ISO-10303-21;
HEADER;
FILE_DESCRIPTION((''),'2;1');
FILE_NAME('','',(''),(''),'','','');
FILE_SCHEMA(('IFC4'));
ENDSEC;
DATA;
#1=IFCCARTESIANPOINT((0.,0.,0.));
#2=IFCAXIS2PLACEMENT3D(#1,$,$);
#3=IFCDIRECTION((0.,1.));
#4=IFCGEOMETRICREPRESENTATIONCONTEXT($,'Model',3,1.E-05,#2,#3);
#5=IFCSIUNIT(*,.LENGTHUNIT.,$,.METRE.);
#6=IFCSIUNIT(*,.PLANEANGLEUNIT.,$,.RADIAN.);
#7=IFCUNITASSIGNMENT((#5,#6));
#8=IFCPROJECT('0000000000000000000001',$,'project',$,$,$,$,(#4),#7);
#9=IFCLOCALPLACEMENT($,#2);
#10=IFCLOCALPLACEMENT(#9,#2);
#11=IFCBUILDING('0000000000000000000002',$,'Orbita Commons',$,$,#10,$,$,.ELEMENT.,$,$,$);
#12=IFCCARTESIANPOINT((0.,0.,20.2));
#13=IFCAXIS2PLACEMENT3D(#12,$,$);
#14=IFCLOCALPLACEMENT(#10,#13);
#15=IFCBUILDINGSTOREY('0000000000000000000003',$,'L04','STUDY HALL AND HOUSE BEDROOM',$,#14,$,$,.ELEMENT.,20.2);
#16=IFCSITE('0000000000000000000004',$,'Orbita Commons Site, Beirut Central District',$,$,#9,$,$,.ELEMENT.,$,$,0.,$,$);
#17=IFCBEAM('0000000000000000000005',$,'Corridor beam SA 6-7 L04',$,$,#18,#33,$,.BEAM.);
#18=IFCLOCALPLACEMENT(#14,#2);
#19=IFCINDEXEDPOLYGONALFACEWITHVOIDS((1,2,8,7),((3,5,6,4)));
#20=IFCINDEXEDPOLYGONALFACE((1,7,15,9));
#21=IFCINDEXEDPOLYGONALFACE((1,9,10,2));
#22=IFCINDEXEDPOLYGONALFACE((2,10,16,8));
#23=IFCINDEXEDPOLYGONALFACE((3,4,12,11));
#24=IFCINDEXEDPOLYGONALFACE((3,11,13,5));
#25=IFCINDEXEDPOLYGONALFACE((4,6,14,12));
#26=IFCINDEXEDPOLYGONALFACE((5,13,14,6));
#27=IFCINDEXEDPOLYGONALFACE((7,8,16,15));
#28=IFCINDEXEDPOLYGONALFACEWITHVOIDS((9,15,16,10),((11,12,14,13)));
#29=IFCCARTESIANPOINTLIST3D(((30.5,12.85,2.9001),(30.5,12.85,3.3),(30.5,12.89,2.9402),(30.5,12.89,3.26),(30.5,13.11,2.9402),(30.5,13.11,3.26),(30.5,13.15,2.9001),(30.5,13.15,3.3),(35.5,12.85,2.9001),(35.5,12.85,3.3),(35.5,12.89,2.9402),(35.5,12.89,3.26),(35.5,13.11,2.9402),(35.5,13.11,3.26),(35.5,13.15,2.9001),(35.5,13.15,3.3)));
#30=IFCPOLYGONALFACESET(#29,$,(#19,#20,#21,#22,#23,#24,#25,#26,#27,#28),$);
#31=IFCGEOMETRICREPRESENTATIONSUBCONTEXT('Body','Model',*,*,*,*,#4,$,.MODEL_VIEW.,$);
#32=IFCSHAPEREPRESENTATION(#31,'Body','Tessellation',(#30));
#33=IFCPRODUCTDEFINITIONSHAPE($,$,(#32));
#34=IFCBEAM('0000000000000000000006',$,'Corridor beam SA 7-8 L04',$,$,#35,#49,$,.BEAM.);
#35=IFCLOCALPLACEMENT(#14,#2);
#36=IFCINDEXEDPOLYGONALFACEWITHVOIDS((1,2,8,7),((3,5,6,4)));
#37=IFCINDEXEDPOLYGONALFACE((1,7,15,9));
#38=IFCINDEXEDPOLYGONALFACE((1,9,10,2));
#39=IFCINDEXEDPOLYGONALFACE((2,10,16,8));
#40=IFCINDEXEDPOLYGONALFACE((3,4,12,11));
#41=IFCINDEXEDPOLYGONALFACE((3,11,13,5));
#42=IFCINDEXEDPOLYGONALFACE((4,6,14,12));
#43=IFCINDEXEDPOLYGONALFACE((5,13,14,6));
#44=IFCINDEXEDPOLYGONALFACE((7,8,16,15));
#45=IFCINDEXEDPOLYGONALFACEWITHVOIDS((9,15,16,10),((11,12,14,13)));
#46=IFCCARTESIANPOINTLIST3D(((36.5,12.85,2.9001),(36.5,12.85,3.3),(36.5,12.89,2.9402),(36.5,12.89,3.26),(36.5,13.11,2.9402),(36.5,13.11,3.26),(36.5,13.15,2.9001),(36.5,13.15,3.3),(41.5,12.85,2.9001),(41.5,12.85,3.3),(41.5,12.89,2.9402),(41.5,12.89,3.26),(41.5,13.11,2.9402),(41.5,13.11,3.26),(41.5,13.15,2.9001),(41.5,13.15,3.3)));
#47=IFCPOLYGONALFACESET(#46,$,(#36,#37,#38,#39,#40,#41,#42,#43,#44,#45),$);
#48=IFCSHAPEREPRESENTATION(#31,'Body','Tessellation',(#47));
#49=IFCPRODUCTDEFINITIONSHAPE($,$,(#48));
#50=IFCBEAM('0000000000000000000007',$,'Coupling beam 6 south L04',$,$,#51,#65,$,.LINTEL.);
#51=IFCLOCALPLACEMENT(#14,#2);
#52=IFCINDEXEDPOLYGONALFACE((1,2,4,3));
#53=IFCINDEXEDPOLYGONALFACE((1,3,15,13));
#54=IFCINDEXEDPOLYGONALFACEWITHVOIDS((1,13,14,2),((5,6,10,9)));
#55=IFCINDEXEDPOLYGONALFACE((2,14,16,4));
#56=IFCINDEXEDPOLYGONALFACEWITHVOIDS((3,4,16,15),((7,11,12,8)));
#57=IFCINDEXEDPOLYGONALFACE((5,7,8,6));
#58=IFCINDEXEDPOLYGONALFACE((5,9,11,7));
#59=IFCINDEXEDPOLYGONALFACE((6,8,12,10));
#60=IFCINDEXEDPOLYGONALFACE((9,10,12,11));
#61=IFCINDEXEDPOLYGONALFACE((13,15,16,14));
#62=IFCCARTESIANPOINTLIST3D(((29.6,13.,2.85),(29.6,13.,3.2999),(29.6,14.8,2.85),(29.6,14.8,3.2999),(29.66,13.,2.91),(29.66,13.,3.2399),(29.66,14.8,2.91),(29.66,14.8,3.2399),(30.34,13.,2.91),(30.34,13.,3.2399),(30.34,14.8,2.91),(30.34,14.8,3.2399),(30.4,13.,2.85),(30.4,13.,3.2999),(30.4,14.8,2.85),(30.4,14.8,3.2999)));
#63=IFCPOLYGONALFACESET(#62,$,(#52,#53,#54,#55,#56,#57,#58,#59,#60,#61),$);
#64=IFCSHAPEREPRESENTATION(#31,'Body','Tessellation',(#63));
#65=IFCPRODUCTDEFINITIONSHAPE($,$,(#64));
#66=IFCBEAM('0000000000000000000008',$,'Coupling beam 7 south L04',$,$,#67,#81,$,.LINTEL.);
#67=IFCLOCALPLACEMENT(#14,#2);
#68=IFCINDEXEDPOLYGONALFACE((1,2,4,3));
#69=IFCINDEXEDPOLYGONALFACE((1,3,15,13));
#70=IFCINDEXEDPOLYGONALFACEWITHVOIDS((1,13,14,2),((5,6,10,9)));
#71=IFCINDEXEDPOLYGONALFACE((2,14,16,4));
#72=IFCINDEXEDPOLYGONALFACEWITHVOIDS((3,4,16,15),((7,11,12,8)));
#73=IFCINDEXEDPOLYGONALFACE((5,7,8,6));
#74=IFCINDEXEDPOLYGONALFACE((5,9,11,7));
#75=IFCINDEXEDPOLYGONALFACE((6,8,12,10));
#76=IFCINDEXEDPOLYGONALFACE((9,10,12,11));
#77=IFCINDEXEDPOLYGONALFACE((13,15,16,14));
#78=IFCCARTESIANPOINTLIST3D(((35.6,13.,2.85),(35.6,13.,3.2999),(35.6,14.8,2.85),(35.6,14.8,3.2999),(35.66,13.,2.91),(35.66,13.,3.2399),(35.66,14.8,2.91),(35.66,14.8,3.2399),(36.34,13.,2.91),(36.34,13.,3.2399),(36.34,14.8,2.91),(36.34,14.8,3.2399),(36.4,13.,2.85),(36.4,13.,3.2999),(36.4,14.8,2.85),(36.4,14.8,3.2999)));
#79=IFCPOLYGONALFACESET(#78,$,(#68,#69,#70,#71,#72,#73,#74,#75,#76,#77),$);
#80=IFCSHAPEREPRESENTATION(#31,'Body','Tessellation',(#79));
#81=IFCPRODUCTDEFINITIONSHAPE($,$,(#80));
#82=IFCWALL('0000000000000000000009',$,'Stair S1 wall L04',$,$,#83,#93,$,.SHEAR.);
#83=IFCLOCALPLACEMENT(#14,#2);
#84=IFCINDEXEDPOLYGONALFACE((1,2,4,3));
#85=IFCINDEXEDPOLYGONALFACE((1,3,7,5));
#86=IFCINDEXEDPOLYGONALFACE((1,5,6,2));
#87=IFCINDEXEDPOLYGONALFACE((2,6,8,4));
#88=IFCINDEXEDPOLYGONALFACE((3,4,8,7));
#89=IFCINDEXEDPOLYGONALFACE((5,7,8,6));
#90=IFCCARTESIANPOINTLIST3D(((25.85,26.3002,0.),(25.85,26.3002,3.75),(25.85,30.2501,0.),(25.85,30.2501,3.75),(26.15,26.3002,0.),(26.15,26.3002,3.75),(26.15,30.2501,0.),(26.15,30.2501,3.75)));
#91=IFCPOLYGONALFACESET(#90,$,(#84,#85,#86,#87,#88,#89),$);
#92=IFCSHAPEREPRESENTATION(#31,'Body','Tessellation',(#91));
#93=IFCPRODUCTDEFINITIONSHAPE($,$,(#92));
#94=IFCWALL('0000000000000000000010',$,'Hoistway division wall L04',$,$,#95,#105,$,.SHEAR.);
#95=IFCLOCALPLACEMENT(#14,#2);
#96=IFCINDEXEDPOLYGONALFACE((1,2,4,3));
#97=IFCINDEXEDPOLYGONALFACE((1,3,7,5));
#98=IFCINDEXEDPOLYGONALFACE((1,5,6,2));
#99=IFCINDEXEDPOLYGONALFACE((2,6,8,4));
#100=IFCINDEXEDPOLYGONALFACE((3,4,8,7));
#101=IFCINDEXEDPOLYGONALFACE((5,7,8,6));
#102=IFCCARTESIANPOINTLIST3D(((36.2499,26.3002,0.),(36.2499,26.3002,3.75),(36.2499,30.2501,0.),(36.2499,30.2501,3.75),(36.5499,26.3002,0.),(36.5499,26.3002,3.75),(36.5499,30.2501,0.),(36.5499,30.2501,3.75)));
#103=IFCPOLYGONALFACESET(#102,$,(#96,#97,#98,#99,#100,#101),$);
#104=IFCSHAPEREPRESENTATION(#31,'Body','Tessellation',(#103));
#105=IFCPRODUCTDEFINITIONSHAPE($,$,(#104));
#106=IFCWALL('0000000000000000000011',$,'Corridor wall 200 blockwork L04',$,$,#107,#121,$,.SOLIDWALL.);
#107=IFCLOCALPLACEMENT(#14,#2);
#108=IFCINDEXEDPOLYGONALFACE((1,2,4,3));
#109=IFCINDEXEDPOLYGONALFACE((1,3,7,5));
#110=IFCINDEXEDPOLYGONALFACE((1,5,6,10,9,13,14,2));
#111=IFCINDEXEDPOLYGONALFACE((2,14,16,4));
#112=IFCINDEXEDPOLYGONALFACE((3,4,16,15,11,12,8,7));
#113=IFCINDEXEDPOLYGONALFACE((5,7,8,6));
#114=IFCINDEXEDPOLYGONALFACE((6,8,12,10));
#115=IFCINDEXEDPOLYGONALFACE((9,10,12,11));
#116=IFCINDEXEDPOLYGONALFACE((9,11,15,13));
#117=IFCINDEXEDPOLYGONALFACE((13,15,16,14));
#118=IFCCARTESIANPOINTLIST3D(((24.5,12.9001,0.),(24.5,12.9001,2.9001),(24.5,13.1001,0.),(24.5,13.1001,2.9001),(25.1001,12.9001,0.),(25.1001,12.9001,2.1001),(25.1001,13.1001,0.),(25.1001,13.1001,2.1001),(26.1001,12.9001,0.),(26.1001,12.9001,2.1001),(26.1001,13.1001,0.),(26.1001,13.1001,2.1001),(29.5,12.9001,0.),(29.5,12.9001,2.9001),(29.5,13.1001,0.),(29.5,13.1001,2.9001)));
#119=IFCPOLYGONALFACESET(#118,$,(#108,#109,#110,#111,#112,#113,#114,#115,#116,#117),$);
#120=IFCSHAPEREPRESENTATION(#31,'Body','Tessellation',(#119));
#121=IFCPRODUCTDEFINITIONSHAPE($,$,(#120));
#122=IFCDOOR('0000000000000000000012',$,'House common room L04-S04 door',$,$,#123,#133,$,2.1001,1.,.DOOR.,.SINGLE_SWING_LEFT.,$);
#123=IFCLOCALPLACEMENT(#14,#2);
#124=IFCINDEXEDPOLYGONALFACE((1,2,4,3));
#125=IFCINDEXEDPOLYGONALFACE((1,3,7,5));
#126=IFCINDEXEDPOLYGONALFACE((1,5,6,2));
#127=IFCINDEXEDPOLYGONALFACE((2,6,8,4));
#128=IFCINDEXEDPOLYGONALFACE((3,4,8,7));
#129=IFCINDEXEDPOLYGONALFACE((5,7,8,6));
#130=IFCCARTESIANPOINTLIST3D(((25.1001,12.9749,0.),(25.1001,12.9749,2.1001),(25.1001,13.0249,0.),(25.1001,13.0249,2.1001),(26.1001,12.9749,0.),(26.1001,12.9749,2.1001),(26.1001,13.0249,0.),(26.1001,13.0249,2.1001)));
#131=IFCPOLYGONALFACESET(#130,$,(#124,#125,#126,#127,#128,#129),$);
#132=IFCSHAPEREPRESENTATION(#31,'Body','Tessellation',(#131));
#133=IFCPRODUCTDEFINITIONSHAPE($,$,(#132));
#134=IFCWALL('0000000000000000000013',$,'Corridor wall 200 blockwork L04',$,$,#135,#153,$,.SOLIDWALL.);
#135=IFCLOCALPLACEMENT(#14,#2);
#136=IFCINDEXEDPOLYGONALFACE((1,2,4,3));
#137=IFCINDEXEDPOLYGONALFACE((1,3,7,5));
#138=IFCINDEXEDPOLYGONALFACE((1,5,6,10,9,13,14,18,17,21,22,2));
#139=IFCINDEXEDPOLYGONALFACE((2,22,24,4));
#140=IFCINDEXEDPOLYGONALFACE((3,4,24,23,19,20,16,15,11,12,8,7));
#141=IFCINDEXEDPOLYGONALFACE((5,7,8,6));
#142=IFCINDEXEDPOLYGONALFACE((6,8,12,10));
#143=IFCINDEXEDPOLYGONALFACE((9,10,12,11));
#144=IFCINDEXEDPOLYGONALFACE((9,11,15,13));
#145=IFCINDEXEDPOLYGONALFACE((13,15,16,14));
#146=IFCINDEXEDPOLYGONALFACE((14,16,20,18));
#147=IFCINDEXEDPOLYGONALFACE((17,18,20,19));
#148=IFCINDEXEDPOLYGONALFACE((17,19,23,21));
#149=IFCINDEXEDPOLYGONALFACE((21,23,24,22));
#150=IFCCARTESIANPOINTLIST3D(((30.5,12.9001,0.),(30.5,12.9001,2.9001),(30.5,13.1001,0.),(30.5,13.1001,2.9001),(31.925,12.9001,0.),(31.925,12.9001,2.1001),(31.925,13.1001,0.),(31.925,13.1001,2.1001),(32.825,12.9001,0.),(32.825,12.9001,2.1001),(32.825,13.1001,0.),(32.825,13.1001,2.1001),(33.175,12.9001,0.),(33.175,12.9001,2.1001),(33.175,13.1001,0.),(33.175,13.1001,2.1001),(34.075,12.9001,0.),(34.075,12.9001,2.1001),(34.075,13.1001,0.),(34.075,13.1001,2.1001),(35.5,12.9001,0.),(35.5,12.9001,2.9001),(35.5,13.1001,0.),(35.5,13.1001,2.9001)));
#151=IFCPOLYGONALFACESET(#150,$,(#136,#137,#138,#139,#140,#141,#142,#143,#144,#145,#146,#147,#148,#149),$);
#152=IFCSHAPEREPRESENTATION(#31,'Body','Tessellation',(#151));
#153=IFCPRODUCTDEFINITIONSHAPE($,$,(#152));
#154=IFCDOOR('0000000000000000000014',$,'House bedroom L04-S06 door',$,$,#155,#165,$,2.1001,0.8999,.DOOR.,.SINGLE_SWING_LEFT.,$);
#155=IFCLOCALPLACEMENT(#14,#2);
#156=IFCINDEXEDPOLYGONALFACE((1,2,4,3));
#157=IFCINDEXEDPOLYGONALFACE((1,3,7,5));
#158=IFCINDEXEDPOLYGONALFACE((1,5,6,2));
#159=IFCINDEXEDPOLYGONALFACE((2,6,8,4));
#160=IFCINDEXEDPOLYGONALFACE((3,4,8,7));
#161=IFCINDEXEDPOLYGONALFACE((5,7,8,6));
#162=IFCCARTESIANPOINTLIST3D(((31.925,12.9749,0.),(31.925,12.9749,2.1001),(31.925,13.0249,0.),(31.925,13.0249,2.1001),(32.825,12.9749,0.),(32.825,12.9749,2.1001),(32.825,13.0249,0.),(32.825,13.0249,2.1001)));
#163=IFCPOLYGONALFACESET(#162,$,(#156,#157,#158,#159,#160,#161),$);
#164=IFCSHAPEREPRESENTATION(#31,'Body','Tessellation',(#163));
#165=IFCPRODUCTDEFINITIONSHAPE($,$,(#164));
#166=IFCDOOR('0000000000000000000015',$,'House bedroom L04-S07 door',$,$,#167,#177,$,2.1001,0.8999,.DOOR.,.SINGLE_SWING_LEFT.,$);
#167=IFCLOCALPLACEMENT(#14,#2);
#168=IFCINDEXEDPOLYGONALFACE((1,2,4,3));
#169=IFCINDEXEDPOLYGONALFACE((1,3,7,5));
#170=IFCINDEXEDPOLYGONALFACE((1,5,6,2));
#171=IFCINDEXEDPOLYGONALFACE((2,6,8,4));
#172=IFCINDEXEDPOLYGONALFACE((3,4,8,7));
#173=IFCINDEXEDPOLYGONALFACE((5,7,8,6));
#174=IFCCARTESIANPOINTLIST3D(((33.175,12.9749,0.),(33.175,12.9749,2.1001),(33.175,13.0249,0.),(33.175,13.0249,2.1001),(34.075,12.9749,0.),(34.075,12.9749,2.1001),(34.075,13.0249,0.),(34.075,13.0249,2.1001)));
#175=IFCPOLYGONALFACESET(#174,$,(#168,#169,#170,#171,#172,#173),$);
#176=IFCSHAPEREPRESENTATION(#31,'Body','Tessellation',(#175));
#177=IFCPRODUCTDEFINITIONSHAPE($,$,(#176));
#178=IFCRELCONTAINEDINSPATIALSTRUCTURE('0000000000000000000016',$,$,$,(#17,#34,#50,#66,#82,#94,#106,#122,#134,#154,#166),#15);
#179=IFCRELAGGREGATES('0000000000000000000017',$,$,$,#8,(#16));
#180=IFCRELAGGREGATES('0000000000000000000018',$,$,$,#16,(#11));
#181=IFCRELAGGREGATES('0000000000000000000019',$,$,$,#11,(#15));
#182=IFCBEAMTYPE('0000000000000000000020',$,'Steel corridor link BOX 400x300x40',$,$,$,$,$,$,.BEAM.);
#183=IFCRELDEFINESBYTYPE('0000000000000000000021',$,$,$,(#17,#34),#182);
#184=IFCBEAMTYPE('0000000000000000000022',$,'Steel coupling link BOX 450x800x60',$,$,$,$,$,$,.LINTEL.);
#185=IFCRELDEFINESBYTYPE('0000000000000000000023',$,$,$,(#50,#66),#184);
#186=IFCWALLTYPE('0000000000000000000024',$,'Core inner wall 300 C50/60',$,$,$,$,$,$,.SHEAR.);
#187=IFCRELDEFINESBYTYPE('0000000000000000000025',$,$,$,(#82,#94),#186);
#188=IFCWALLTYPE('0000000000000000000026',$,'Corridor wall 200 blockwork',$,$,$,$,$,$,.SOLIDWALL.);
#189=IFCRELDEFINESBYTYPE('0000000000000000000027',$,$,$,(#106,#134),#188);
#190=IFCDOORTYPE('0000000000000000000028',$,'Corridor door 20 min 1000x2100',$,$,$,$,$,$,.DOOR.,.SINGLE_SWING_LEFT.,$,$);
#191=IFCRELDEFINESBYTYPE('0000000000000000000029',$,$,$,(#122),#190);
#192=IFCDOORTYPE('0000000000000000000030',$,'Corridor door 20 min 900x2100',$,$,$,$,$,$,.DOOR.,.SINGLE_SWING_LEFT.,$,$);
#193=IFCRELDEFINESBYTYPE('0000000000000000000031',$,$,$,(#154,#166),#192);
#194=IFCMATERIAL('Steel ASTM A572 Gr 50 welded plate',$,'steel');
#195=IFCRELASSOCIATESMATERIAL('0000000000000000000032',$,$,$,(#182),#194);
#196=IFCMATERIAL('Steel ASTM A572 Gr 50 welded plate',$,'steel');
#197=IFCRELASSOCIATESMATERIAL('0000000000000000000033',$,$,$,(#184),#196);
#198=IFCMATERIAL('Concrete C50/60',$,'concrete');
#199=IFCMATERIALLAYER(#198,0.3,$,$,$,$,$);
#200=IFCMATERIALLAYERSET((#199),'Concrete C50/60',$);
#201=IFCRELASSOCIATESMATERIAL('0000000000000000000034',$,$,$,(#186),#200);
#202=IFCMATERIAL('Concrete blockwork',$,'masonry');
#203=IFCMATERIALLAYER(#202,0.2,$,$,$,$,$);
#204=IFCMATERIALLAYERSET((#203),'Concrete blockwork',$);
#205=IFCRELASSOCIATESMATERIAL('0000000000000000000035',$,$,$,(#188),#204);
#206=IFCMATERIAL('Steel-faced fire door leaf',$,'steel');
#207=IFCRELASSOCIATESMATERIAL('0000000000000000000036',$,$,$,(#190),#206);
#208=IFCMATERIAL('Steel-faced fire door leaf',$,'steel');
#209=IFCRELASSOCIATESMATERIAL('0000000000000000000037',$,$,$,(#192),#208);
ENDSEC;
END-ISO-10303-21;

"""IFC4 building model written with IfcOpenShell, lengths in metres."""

from ifc_helpers import new_model, si_unit, direction, frame, frame_2d, origin, origin_2d, place, context, subcontext, project, spatial, polyline, rectangle, hollow_rectangle, outline, extrude, material, layer, layer_set, material_profile, profile_set, type_object, element, fill, save


model = new_model("IFC4")

# Units and contexts
model_context = context("Model", 3, precision=1e-05, world=origin(), true_north=direction((0.0, 1.0)))
body_context = subcontext(model_context, "Body", "Model", "MODEL_VIEW")
ifc_project = project(units=[si_unit("LENGTHUNIT", "METRE"), si_unit("PLANEANGLEUNIT", "RADIAN")], contexts=[model_context])

# Site, building, storey
site_placement = place(None, origin())
site = spatial("IfcSite", under=ifc_project, at=site_placement, Name="Orbita Commons Site, Beirut Central District", CompositionType="ELEMENT", RefElevation=0.0)
building_placement = place(site_placement, origin())
building = spatial("IfcBuilding", under=site, at=building_placement, Name="Orbita Commons", CompositionType="ELEMENT")
storey_placement = place(building_placement, frame((0.0, 0.0, 20.2)))
storey = spatial("IfcBuildingStorey", under=building, at=storey_placement, Name="L04", Description="STUDY HALL AND HOUSE BEDROOM", CompositionType="ELEMENT", Elevation=20.2)

# Beams
ifc_material_1 = material(Name="Steel ASTM A572 Gr 50 welded plate", Category="steel")
ifc_material_profile_1 = material_profile(ifc_material_1, hollow_rectangle(XDim=0.3, YDim=0.3999, WallThickness=0.04, at=origin_2d()), Name="BOX 400x300x40")
ifc_profile_set_1 = profile_set([ifc_material_profile_1], Name="Steel ASTM A572 Gr 50 welded plate")
beam_type_1 = type_object("IfcBeamType", Name="Steel corridor link BOX 400x300x40", PredefinedType="BEAM", material=ifc_profile_set_1)
for number, where, z_axis, x_axis, name in (
    (1, (30.5, 13.0, 3.1001), (1.0, 0.0, 0.0), (0.0, 1.0, 0.0), "Corridor beam SA 6-7 L04"),
    (2, (36.5, 13.0, 3.1001), (1.0, 0.0, 0.0), (0.0, 1.0, 0.0), "Corridor beam SA 7-8 L04"),
):
    element("IfcBeam", number, at=place(storey_placement, frame(where, z_axis=z_axis, x_axis=x_axis)), inside=storey, type_object=beam_type_1, Name=name, PredefinedType="BEAM", context=body_context, shape_type="SweptSolid", body=[
        extrude(hollow_rectangle(XDim=0.3, YDim=0.3999, WallThickness=0.04, at=origin_2d()), origin(), (0.0, 0.0, 1.0), 5.0),
    ])
ifc_material_2 = material(Name="Steel ASTM A572 Gr 50 welded plate", Category="steel")
ifc_material_profile_2 = material_profile(ifc_material_2, hollow_rectangle(XDim=0.8, YDim=0.45, WallThickness=0.0601, at=origin_2d()), Name="BOX 450x800x60")
ifc_profile_set_2 = profile_set([ifc_material_profile_2], Name="Steel ASTM A572 Gr 50 welded plate")
beam_type_2 = type_object("IfcBeamType", Name="Steel coupling link BOX 450x800x60", PredefinedType="LINTEL", material=ifc_profile_set_2)
for number, where, z_axis, x_axis, name in (
    (3, (30.0, 13.0, 3.075), (0.0, 1.0, 0.0), (-1.0, 0.0, 0.0), "Coupling beam 6 south L04"),
    (4, (36.0, 13.0, 3.075), (0.0, 1.0, 0.0), (-1.0, 0.0, 0.0), "Coupling beam 7 south L04"),
):
    element("IfcBeam", number, at=place(storey_placement, frame(where, z_axis=z_axis, x_axis=x_axis)), inside=storey, type_object=beam_type_2, Name=name, PredefinedType="LINTEL", context=body_context, shape_type="SweptSolid", body=[
        extrude(hollow_rectangle(XDim=0.8, YDim=0.45, WallThickness=0.0601, at=origin_2d()), origin(), (0.0, 0.0, 1.0), 1.8),
    ])

# Walls
ifc_material_3 = material(Name="Concrete C50/60", Category="concrete")
ifc_layer_1 = layer(ifc_material_3, 0.3)
ifc_layer_set_1 = layer_set([ifc_layer_1], Name="Concrete C50/60")
wall_type_1 = type_object("IfcWallType", Name="Core inner wall 300 C50/60", PredefinedType="SHEAR", material=ifc_layer_set_1)
for number, where, z_axis, x_axis, name in (
    (5, (26.0, 26.3, 0.0), (0.0, 0.0, 1.0), (0.0, 1.0, 0.0), "Stair S1 wall L04"),
    (6, (36.3999, 26.3, 0.0), (0.0, 0.0, 1.0), (0.0, 1.0, 0.0), "Hoistway division wall L04"),
):
    element("IfcWall", number, at=place(storey_placement, frame(where, z_axis=z_axis, x_axis=x_axis)), inside=storey, type_object=wall_type_1, Name=name, PredefinedType="SHEAR", context=body_context, shape_type="SweptSolid", body=[
        extrude(rectangle(XDim=3.95, YDim=0.3, at=frame_2d((1.9751, 0.0))), origin(), (0.0, 0.0, 1.0), 3.75),
    ])

# Wall, opening, door
ifc_material_4 = material(Name="Concrete blockwork", Category="masonry")
ifc_layer_2 = layer(ifc_material_4, 0.2)
ifc_layer_set_2 = layer_set([ifc_layer_2], Name="Concrete blockwork")
wall_type_2 = type_object("IfcWallType", Name="Corridor wall 200 blockwork", PredefinedType="SOLIDWALL", material=ifc_layer_set_2)
wall_1_placement = place(storey_placement, frame((24.5, 13.0, 0.0), z_axis=(0.0, 0.0, 1.0), x_axis=(1.0, 0.0, 0.0)))
wall_1 = element("IfcWall", 7, at=wall_1_placement, inside=storey, type_object=wall_type_2, Name="Corridor wall 200 blockwork L04", PredefinedType="SOLIDWALL", context=body_context, shape_type="SweptSolid", body=[
    extrude(outline(polyline([(0.0, 0.0), (5.0, 0.0), (5.0, 2.9001), (0.0, 2.9001), (0.0, 0.0)])), frame((0.0, 0.1001, 0.0), z_axis=(0.0, -1.0, 0.0), x_axis=(1.0, 0.0, 0.0)), (0.0, 0.0, 1.0), 0.2),
])
opening_1_placement = place(wall_1_placement, frame((0.6001, 0.0, 0.0)))
opening_1 = element("IfcOpeningElement", 8, at=opening_1_placement, cuts=wall_1, PredefinedType="OPENING", context=body_context, shape_type="SweptSolid", body=[
    extrude(rectangle(XDim=1.0, YDim=2.1001, at=frame_2d((0.5, 1.05))), frame((0.0, 0.1099, 0.0), z_axis=(0.0, -1.0, 0.0), x_axis=(1.0, 0.0, 0.0)), (0.0, 0.0, 1.0), 0.22),
])
ifc_material_5 = material(Name="Steel-faced fire door leaf", Category="steel")
door_type_1 = type_object("IfcDoorType", Name="Corridor door 20 min 1000x2100", OperationType="SINGLE_SWING_LEFT", PredefinedType="DOOR", material=ifc_material_5)
door_1_placement = place(opening_1_placement, origin())
door_1 = element("IfcDoor", 9, at=door_1_placement, inside=storey, type_object=door_type_1, Name="House common room L04-S04 door", OperationType="SINGLE_SWING_LEFT", OverallHeight=2.1001, OverallWidth=1.0, PredefinedType="DOOR", context=body_context, shape_type="SweptSolid", body=[
    extrude(rectangle(XDim=1.0, YDim=2.1001, at=frame_2d((0.5, 1.05))), frame((0.0, 0.0249, 0.0), z_axis=(0.0, -1.0, 0.0), x_axis=(1.0, 0.0, 0.0)), (0.0, 0.0, 1.0), 0.05),
])
fill(opening_1, door_1)

# Wall, openings, doors
wall_2_placement = place(storey_placement, frame((30.5, 13.0, 0.0), z_axis=(0.0, 0.0, 1.0), x_axis=(1.0, 0.0, 0.0)))
wall_2 = element("IfcWall", 10, at=wall_2_placement, inside=storey, type_object=wall_type_2, Name="Corridor wall 200 blockwork L04", PredefinedType="SOLIDWALL", context=body_context, shape_type="SweptSolid", body=[
    extrude(outline(polyline([(0.0, 0.0), (5.0, 0.0), (5.0, 2.9001), (0.0, 2.9001), (0.0, 0.0)])), frame((0.0, 0.1001, 0.0), z_axis=(0.0, -1.0, 0.0), x_axis=(1.0, 0.0, 0.0)), (0.0, 0.0, 1.0), 0.2),
])
opening_2_placement = place(wall_2_placement, frame((1.425, 0.0, 0.0)))
opening_2 = element("IfcOpeningElement", 11, at=opening_2_placement, cuts=wall_2, PredefinedType="OPENING", context=body_context, shape_type="SweptSolid", body=[
    extrude(rectangle(XDim=0.8999, YDim=2.1001, at=frame_2d((0.45, 1.05))), frame((0.0, 0.1099, 0.0), z_axis=(0.0, -1.0, 0.0), x_axis=(1.0, 0.0, 0.0)), (0.0, 0.0, 1.0), 0.22),
])
opening_3_placement = place(wall_2_placement, frame((2.675, 0.0, 0.0)))
opening_3 = element("IfcOpeningElement", 12, at=opening_3_placement, cuts=wall_2, PredefinedType="OPENING", context=body_context, shape_type="SweptSolid", body=[
    extrude(rectangle(XDim=0.8999, YDim=2.1001, at=frame_2d((0.45, 1.05))), frame((0.0, 0.1099, 0.0), z_axis=(0.0, -1.0, 0.0), x_axis=(1.0, 0.0, 0.0)), (0.0, 0.0, 1.0), 0.22),
])
ifc_material_6 = material(Name="Steel-faced fire door leaf", Category="steel")
door_type_2 = type_object("IfcDoorType", Name="Corridor door 20 min 900x2100", OperationType="SINGLE_SWING_LEFT", PredefinedType="DOOR", material=ifc_material_6)
door_2_placement = place(opening_2_placement, origin())
door_2 = element("IfcDoor", 13, at=door_2_placement, inside=storey, type_object=door_type_2, Name="House bedroom L04-S06 door", OperationType="SINGLE_SWING_LEFT", OverallHeight=2.1001, OverallWidth=0.8999, PredefinedType="DOOR", context=body_context, shape_type="SweptSolid", body=[
    extrude(rectangle(XDim=0.8999, YDim=2.1001, at=frame_2d((0.45, 1.05))), frame((0.0, 0.0249, 0.0), z_axis=(0.0, -1.0, 0.0), x_axis=(1.0, 0.0, 0.0)), (0.0, 0.0, 1.0), 0.05),
])
fill(opening_2, door_2)
door_3_placement = place(opening_3_placement, origin())
door_3 = element("IfcDoor", 14, at=door_3_placement, inside=storey, type_object=door_type_2, Name="House bedroom L04-S07 door", OperationType="SINGLE_SWING_LEFT", OverallHeight=2.1001, OverallWidth=0.8999, PredefinedType="DOOR", context=body_context, shape_type="SweptSolid", body=[
    extrude(rectangle(XDim=0.8999, YDim=2.1001, at=frame_2d((0.45, 1.05))), frame((0.0, 0.0249, 0.0), z_axis=(0.0, -1.0, 0.0), x_axis=(1.0, 0.0, 0.0)), (0.0, 0.0, 1.0), 0.05),
])
fill(opening_3, door_3)

save(model, "model.ifc")
